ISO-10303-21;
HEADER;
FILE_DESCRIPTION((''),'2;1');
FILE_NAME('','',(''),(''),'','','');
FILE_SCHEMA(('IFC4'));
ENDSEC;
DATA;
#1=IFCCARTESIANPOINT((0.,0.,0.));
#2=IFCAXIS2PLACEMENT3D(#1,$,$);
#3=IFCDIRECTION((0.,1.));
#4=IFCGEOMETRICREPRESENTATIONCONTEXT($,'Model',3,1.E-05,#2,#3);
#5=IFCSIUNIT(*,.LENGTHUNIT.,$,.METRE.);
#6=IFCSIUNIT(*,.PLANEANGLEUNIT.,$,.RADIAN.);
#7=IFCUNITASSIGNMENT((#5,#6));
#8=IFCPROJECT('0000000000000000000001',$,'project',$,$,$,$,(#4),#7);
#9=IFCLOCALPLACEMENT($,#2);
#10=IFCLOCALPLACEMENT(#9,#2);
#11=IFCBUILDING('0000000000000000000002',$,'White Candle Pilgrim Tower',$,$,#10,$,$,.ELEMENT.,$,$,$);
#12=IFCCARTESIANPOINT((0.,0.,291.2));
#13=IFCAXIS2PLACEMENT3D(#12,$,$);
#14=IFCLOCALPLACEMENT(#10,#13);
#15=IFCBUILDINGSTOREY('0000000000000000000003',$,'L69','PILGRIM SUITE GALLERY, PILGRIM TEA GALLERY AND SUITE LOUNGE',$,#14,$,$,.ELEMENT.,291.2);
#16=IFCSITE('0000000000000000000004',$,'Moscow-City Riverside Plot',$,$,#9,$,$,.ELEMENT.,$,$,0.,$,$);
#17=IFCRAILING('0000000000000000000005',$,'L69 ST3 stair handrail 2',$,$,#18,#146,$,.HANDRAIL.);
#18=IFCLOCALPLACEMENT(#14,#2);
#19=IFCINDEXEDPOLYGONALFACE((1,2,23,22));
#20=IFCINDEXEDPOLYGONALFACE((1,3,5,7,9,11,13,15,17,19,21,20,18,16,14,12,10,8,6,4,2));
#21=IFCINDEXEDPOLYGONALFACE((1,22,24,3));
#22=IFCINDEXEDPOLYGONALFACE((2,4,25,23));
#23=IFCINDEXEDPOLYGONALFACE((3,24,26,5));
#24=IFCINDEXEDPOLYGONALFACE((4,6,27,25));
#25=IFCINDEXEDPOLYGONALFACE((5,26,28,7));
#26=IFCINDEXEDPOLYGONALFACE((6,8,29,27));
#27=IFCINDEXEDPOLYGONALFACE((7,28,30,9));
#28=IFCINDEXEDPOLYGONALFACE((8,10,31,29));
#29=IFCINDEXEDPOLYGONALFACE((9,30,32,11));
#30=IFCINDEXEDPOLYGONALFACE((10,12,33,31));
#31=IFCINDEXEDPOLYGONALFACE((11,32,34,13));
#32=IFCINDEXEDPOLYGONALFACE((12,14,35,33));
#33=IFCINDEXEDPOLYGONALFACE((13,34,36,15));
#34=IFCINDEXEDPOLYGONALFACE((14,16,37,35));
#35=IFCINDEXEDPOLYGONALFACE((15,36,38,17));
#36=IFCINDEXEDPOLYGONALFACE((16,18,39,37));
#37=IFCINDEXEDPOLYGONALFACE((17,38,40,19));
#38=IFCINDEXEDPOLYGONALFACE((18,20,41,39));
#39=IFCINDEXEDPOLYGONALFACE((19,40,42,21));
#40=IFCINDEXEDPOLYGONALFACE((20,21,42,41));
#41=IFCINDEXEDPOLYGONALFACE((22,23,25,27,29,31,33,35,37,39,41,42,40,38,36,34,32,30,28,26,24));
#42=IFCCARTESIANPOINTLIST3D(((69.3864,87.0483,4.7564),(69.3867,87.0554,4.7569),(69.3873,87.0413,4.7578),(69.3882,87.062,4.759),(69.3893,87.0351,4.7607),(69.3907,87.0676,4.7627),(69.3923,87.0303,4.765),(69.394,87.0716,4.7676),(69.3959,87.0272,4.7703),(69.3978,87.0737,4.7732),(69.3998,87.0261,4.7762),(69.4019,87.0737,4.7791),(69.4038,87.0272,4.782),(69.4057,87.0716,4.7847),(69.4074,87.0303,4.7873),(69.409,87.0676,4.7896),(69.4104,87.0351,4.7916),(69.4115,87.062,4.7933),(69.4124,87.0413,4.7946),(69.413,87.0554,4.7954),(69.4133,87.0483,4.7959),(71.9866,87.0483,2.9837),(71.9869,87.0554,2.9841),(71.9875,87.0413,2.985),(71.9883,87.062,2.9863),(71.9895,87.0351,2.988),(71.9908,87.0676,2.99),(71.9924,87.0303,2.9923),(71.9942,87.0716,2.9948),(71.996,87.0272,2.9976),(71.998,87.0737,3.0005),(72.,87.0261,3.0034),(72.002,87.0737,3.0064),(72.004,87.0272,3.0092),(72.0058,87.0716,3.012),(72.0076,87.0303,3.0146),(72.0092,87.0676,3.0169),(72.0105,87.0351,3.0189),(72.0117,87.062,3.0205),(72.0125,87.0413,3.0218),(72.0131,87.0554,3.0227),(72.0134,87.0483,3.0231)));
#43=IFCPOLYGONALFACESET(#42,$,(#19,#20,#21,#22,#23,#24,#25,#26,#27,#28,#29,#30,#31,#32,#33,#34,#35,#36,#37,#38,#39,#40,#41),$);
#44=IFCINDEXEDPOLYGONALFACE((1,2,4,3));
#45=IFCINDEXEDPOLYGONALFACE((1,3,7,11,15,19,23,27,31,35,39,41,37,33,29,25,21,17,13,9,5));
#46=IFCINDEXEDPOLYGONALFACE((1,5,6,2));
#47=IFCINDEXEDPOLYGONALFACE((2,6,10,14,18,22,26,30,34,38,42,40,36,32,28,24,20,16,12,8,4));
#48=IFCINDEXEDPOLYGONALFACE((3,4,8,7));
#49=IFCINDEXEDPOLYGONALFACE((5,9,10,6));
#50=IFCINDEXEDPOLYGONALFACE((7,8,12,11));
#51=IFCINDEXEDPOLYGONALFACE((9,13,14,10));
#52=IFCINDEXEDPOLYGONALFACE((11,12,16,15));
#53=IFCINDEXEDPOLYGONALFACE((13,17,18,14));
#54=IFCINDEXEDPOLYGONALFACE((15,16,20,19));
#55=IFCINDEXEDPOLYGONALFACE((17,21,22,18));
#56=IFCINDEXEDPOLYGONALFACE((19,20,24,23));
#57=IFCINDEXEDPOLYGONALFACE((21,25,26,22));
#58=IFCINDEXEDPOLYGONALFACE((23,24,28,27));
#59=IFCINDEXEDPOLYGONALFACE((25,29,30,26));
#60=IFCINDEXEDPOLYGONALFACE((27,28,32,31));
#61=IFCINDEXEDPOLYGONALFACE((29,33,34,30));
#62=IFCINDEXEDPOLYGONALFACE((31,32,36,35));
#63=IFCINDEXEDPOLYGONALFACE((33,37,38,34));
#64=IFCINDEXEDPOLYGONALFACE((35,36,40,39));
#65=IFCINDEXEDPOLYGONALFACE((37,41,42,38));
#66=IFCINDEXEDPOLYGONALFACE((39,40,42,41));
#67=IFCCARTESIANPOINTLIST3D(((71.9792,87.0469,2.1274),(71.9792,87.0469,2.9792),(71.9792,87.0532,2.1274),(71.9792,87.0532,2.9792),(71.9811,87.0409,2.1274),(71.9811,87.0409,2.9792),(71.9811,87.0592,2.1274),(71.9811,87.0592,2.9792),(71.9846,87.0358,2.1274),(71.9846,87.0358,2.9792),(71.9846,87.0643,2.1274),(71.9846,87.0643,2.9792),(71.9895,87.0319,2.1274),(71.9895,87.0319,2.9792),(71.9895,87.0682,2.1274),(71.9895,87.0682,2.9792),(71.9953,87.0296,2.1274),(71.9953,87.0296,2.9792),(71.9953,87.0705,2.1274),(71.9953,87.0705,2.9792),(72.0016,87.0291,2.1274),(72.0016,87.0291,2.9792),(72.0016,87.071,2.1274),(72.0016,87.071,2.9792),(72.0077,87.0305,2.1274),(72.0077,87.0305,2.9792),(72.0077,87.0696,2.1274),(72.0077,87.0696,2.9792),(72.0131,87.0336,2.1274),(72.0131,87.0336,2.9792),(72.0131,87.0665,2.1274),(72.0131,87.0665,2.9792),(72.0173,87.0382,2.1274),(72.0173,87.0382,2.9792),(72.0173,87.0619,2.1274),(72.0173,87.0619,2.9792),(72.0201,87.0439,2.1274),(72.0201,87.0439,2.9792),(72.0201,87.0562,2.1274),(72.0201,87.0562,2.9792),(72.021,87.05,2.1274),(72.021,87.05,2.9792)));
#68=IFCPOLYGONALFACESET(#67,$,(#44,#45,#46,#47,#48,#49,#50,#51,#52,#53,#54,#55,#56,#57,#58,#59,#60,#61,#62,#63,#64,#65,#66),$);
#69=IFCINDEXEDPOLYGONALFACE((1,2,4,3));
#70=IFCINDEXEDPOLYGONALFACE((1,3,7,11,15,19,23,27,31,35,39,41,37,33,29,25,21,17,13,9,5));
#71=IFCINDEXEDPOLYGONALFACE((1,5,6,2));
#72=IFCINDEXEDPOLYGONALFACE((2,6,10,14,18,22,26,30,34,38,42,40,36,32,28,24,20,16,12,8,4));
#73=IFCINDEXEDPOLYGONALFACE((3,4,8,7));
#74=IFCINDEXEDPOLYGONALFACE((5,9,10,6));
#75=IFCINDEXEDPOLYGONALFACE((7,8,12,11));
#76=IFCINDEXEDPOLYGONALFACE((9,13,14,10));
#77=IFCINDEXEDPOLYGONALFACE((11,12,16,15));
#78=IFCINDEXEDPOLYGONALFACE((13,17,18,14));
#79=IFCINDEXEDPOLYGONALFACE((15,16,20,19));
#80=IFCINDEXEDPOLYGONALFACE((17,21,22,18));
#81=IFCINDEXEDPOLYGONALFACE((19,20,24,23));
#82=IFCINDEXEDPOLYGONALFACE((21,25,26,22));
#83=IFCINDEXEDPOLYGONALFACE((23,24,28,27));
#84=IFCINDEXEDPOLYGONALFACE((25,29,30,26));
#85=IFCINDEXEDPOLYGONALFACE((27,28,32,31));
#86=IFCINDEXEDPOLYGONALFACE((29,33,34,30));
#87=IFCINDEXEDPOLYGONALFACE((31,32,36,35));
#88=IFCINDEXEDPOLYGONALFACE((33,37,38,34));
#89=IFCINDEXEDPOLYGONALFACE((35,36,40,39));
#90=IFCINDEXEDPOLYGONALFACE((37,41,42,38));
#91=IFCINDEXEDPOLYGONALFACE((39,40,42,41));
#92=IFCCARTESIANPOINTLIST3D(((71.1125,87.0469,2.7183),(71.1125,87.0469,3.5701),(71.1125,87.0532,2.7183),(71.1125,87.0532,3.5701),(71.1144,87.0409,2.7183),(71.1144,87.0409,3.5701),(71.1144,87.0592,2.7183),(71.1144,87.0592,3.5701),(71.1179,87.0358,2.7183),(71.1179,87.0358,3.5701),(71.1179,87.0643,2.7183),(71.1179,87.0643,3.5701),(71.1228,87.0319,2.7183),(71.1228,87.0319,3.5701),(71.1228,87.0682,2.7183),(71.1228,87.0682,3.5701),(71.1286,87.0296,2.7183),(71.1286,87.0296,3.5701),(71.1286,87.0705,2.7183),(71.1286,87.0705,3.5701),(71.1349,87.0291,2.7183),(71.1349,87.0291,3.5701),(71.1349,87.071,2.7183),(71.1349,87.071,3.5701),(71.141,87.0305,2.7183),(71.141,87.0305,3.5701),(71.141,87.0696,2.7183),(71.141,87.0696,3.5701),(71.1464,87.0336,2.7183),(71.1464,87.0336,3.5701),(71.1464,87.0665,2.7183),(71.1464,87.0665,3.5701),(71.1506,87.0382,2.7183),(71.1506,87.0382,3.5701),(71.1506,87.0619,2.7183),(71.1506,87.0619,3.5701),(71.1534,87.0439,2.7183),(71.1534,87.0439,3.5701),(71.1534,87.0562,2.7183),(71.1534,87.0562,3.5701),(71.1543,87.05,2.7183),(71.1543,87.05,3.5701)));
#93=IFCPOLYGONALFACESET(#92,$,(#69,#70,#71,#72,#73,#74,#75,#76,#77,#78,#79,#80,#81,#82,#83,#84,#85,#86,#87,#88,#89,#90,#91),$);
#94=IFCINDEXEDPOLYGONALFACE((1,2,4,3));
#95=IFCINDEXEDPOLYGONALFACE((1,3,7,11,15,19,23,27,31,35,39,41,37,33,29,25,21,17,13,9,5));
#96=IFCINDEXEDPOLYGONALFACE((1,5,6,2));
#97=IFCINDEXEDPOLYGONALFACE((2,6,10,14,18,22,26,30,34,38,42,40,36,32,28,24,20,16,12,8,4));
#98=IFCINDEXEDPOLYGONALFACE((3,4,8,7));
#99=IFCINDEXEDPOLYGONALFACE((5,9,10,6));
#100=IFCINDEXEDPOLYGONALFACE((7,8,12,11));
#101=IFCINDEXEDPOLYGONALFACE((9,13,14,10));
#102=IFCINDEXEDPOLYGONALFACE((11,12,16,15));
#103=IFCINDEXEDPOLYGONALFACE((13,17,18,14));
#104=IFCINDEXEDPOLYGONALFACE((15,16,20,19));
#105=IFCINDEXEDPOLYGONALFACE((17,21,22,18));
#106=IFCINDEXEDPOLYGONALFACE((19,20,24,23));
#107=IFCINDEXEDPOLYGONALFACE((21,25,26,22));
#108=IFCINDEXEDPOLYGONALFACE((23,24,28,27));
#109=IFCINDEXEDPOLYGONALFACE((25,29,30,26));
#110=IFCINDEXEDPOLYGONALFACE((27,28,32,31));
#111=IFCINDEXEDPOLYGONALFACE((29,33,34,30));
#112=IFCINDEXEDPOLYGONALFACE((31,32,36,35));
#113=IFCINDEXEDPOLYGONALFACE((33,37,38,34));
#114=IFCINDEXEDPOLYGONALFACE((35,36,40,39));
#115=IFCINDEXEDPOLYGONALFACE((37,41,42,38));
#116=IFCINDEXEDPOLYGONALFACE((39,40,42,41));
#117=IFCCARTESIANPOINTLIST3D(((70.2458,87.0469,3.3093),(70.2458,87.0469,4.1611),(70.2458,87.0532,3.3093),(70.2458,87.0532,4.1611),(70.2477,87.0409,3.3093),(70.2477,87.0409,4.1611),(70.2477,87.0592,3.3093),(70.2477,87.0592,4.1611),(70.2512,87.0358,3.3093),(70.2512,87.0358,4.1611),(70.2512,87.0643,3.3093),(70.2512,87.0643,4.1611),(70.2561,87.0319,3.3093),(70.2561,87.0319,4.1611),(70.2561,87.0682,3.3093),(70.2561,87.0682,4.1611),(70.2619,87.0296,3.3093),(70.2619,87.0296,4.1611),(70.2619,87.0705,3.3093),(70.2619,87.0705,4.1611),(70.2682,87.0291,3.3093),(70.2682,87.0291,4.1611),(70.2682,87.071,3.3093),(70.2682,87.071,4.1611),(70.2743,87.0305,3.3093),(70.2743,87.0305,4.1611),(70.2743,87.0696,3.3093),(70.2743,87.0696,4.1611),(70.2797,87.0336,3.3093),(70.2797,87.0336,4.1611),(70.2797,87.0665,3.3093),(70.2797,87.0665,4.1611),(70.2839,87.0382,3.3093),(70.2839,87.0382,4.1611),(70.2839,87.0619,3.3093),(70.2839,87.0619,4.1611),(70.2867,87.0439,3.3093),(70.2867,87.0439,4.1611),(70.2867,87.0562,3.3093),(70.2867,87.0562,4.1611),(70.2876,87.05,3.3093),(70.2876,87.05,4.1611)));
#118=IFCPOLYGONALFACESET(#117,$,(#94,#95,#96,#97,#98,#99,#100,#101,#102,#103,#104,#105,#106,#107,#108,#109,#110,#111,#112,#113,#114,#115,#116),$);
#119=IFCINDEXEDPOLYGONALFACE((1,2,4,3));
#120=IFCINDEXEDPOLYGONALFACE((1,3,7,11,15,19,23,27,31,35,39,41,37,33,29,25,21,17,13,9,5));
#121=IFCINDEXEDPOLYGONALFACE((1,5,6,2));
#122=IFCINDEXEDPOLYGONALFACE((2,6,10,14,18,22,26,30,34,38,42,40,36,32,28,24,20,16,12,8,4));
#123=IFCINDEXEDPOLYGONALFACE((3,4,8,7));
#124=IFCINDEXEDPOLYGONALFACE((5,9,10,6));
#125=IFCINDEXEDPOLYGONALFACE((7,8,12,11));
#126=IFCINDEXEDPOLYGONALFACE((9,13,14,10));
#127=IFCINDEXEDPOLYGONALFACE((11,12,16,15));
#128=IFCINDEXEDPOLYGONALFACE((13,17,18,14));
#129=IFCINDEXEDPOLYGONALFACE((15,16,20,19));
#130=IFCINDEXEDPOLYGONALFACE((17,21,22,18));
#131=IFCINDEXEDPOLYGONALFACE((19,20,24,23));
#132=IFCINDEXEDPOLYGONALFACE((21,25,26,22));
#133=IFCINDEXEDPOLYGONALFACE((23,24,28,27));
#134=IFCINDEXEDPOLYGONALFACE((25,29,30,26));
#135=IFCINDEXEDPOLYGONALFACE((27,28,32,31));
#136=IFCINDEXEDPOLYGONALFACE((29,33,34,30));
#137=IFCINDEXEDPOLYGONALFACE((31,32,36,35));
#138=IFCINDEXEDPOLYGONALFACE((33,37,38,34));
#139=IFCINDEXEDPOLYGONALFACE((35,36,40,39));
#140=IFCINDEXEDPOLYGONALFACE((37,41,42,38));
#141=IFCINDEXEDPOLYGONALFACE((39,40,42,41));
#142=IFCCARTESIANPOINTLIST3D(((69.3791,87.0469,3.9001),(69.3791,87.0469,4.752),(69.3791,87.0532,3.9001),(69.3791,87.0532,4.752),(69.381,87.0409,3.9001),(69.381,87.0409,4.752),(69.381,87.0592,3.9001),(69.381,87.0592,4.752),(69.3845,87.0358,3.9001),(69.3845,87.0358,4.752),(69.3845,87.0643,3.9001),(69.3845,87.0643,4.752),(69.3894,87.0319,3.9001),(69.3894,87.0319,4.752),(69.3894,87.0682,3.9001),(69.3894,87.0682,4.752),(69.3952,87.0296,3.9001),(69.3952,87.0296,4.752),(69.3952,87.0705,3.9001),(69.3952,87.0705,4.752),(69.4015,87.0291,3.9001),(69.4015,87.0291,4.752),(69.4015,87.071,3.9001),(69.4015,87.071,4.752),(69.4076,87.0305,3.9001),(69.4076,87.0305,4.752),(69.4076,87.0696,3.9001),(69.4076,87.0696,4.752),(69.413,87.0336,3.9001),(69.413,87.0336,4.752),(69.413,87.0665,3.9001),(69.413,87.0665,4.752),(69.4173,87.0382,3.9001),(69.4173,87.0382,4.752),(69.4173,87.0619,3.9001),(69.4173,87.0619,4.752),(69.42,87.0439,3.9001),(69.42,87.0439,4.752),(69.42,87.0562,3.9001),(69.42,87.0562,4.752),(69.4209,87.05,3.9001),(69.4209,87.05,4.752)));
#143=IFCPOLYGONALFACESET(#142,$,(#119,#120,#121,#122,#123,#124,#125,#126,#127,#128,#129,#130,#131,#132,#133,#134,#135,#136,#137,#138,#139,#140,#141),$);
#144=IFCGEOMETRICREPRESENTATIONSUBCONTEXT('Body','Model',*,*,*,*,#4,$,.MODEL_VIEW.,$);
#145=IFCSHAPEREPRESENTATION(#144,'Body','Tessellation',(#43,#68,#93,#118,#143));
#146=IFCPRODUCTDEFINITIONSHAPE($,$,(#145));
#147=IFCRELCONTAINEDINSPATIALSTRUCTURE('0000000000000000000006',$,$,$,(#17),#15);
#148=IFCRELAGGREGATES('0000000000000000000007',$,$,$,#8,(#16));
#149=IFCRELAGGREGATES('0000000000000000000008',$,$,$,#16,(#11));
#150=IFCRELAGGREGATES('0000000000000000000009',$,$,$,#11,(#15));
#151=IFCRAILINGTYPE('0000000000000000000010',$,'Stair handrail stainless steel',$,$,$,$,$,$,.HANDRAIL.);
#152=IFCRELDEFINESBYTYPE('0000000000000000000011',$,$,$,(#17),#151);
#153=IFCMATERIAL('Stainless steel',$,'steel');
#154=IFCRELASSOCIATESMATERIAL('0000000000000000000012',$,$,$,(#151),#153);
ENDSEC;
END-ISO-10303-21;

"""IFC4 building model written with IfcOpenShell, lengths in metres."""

from ifc_helpers import new_model, si_unit, direction, frame, origin, origin_2d, place, context, subcontext, project, spatial, circle, extrude, material, type_object, element, save


model = new_model("IFC4")

# Units and contexts
model_context = context("Model", 3, precision=1e-05, world=origin(), true_north=direction((0.0, 1.0)))
body_context = subcontext(model_context, "Body", "Model", "MODEL_VIEW")
ifc_project = project(units=[si_unit("LENGTHUNIT", "METRE"), si_unit("PLANEANGLEUNIT", "RADIAN")], contexts=[model_context])

# Site, building, storey
site_placement = place(None, origin())
site = spatial("IfcSite", under=ifc_project, at=site_placement, Name="Moscow-City Riverside Plot", CompositionType="ELEMENT", RefElevation=0.0)
building_placement = place(site_placement, origin())
building = spatial("IfcBuilding", under=site, at=building_placement, Name="White Candle Pilgrim Tower", CompositionType="ELEMENT")
storey_placement = place(building_placement, frame((0.0, 0.0, 291.2)))
storey = spatial("IfcBuildingStorey", under=building, at=storey_placement, Name="L69", Description="PILGRIM SUITE GALLERY, PILGRIM TEA GALLERY AND SUITE LOUNGE", CompositionType="ELEMENT", Elevation=291.2)

# Railing
ifc_material_1 = material(Name="Stainless steel", Category="steel")
railing_type_1 = type_object("IfcRailingType", Name="Stair handrail stainless steel", PredefinedType="HANDRAIL", material=ifc_material_1)
railing_1_placement = place(storey_placement, frame((72.0, 87.05, 2.1274)))
element("IfcRailing", 1, at=railing_1_placement, inside=storey, type_object=railing_type_1, Name="L69 ST3 stair handrail 2", PredefinedType="HANDRAIL", context=body_context, shape_type="SweptSolid", body=[
    extrude(circle(Radius=0.0239, at=origin_2d()), frame((0.0, 0.0, 0.876), z_axis=(-0.82624, 0.0, 0.563318), x_axis=(0.0, -1.0, 0.0)), (0.0, 0.0, 1.0), 3.147),
    extrude(circle(Radius=0.021, at=origin_2d()), origin(), (0.0, 0.0, 1.0), 0.8518),
    extrude(circle(Radius=0.021, at=origin_2d()), frame((-0.8667, 0.0, 0.5908)), (0.0, 0.0, 1.0), 0.8518),
    extrude(circle(Radius=0.021, at=origin_2d()), frame((-1.7334, 0.0, 1.1819)), (0.0, 0.0, 1.0), 0.8518),
    extrude(circle(Radius=0.021, at=origin_2d()), frame((-2.6001, 0.0, 1.7727)), (0.0, 0.0, 1.0), 0.8518),
])

save(model, "model.ifc")
